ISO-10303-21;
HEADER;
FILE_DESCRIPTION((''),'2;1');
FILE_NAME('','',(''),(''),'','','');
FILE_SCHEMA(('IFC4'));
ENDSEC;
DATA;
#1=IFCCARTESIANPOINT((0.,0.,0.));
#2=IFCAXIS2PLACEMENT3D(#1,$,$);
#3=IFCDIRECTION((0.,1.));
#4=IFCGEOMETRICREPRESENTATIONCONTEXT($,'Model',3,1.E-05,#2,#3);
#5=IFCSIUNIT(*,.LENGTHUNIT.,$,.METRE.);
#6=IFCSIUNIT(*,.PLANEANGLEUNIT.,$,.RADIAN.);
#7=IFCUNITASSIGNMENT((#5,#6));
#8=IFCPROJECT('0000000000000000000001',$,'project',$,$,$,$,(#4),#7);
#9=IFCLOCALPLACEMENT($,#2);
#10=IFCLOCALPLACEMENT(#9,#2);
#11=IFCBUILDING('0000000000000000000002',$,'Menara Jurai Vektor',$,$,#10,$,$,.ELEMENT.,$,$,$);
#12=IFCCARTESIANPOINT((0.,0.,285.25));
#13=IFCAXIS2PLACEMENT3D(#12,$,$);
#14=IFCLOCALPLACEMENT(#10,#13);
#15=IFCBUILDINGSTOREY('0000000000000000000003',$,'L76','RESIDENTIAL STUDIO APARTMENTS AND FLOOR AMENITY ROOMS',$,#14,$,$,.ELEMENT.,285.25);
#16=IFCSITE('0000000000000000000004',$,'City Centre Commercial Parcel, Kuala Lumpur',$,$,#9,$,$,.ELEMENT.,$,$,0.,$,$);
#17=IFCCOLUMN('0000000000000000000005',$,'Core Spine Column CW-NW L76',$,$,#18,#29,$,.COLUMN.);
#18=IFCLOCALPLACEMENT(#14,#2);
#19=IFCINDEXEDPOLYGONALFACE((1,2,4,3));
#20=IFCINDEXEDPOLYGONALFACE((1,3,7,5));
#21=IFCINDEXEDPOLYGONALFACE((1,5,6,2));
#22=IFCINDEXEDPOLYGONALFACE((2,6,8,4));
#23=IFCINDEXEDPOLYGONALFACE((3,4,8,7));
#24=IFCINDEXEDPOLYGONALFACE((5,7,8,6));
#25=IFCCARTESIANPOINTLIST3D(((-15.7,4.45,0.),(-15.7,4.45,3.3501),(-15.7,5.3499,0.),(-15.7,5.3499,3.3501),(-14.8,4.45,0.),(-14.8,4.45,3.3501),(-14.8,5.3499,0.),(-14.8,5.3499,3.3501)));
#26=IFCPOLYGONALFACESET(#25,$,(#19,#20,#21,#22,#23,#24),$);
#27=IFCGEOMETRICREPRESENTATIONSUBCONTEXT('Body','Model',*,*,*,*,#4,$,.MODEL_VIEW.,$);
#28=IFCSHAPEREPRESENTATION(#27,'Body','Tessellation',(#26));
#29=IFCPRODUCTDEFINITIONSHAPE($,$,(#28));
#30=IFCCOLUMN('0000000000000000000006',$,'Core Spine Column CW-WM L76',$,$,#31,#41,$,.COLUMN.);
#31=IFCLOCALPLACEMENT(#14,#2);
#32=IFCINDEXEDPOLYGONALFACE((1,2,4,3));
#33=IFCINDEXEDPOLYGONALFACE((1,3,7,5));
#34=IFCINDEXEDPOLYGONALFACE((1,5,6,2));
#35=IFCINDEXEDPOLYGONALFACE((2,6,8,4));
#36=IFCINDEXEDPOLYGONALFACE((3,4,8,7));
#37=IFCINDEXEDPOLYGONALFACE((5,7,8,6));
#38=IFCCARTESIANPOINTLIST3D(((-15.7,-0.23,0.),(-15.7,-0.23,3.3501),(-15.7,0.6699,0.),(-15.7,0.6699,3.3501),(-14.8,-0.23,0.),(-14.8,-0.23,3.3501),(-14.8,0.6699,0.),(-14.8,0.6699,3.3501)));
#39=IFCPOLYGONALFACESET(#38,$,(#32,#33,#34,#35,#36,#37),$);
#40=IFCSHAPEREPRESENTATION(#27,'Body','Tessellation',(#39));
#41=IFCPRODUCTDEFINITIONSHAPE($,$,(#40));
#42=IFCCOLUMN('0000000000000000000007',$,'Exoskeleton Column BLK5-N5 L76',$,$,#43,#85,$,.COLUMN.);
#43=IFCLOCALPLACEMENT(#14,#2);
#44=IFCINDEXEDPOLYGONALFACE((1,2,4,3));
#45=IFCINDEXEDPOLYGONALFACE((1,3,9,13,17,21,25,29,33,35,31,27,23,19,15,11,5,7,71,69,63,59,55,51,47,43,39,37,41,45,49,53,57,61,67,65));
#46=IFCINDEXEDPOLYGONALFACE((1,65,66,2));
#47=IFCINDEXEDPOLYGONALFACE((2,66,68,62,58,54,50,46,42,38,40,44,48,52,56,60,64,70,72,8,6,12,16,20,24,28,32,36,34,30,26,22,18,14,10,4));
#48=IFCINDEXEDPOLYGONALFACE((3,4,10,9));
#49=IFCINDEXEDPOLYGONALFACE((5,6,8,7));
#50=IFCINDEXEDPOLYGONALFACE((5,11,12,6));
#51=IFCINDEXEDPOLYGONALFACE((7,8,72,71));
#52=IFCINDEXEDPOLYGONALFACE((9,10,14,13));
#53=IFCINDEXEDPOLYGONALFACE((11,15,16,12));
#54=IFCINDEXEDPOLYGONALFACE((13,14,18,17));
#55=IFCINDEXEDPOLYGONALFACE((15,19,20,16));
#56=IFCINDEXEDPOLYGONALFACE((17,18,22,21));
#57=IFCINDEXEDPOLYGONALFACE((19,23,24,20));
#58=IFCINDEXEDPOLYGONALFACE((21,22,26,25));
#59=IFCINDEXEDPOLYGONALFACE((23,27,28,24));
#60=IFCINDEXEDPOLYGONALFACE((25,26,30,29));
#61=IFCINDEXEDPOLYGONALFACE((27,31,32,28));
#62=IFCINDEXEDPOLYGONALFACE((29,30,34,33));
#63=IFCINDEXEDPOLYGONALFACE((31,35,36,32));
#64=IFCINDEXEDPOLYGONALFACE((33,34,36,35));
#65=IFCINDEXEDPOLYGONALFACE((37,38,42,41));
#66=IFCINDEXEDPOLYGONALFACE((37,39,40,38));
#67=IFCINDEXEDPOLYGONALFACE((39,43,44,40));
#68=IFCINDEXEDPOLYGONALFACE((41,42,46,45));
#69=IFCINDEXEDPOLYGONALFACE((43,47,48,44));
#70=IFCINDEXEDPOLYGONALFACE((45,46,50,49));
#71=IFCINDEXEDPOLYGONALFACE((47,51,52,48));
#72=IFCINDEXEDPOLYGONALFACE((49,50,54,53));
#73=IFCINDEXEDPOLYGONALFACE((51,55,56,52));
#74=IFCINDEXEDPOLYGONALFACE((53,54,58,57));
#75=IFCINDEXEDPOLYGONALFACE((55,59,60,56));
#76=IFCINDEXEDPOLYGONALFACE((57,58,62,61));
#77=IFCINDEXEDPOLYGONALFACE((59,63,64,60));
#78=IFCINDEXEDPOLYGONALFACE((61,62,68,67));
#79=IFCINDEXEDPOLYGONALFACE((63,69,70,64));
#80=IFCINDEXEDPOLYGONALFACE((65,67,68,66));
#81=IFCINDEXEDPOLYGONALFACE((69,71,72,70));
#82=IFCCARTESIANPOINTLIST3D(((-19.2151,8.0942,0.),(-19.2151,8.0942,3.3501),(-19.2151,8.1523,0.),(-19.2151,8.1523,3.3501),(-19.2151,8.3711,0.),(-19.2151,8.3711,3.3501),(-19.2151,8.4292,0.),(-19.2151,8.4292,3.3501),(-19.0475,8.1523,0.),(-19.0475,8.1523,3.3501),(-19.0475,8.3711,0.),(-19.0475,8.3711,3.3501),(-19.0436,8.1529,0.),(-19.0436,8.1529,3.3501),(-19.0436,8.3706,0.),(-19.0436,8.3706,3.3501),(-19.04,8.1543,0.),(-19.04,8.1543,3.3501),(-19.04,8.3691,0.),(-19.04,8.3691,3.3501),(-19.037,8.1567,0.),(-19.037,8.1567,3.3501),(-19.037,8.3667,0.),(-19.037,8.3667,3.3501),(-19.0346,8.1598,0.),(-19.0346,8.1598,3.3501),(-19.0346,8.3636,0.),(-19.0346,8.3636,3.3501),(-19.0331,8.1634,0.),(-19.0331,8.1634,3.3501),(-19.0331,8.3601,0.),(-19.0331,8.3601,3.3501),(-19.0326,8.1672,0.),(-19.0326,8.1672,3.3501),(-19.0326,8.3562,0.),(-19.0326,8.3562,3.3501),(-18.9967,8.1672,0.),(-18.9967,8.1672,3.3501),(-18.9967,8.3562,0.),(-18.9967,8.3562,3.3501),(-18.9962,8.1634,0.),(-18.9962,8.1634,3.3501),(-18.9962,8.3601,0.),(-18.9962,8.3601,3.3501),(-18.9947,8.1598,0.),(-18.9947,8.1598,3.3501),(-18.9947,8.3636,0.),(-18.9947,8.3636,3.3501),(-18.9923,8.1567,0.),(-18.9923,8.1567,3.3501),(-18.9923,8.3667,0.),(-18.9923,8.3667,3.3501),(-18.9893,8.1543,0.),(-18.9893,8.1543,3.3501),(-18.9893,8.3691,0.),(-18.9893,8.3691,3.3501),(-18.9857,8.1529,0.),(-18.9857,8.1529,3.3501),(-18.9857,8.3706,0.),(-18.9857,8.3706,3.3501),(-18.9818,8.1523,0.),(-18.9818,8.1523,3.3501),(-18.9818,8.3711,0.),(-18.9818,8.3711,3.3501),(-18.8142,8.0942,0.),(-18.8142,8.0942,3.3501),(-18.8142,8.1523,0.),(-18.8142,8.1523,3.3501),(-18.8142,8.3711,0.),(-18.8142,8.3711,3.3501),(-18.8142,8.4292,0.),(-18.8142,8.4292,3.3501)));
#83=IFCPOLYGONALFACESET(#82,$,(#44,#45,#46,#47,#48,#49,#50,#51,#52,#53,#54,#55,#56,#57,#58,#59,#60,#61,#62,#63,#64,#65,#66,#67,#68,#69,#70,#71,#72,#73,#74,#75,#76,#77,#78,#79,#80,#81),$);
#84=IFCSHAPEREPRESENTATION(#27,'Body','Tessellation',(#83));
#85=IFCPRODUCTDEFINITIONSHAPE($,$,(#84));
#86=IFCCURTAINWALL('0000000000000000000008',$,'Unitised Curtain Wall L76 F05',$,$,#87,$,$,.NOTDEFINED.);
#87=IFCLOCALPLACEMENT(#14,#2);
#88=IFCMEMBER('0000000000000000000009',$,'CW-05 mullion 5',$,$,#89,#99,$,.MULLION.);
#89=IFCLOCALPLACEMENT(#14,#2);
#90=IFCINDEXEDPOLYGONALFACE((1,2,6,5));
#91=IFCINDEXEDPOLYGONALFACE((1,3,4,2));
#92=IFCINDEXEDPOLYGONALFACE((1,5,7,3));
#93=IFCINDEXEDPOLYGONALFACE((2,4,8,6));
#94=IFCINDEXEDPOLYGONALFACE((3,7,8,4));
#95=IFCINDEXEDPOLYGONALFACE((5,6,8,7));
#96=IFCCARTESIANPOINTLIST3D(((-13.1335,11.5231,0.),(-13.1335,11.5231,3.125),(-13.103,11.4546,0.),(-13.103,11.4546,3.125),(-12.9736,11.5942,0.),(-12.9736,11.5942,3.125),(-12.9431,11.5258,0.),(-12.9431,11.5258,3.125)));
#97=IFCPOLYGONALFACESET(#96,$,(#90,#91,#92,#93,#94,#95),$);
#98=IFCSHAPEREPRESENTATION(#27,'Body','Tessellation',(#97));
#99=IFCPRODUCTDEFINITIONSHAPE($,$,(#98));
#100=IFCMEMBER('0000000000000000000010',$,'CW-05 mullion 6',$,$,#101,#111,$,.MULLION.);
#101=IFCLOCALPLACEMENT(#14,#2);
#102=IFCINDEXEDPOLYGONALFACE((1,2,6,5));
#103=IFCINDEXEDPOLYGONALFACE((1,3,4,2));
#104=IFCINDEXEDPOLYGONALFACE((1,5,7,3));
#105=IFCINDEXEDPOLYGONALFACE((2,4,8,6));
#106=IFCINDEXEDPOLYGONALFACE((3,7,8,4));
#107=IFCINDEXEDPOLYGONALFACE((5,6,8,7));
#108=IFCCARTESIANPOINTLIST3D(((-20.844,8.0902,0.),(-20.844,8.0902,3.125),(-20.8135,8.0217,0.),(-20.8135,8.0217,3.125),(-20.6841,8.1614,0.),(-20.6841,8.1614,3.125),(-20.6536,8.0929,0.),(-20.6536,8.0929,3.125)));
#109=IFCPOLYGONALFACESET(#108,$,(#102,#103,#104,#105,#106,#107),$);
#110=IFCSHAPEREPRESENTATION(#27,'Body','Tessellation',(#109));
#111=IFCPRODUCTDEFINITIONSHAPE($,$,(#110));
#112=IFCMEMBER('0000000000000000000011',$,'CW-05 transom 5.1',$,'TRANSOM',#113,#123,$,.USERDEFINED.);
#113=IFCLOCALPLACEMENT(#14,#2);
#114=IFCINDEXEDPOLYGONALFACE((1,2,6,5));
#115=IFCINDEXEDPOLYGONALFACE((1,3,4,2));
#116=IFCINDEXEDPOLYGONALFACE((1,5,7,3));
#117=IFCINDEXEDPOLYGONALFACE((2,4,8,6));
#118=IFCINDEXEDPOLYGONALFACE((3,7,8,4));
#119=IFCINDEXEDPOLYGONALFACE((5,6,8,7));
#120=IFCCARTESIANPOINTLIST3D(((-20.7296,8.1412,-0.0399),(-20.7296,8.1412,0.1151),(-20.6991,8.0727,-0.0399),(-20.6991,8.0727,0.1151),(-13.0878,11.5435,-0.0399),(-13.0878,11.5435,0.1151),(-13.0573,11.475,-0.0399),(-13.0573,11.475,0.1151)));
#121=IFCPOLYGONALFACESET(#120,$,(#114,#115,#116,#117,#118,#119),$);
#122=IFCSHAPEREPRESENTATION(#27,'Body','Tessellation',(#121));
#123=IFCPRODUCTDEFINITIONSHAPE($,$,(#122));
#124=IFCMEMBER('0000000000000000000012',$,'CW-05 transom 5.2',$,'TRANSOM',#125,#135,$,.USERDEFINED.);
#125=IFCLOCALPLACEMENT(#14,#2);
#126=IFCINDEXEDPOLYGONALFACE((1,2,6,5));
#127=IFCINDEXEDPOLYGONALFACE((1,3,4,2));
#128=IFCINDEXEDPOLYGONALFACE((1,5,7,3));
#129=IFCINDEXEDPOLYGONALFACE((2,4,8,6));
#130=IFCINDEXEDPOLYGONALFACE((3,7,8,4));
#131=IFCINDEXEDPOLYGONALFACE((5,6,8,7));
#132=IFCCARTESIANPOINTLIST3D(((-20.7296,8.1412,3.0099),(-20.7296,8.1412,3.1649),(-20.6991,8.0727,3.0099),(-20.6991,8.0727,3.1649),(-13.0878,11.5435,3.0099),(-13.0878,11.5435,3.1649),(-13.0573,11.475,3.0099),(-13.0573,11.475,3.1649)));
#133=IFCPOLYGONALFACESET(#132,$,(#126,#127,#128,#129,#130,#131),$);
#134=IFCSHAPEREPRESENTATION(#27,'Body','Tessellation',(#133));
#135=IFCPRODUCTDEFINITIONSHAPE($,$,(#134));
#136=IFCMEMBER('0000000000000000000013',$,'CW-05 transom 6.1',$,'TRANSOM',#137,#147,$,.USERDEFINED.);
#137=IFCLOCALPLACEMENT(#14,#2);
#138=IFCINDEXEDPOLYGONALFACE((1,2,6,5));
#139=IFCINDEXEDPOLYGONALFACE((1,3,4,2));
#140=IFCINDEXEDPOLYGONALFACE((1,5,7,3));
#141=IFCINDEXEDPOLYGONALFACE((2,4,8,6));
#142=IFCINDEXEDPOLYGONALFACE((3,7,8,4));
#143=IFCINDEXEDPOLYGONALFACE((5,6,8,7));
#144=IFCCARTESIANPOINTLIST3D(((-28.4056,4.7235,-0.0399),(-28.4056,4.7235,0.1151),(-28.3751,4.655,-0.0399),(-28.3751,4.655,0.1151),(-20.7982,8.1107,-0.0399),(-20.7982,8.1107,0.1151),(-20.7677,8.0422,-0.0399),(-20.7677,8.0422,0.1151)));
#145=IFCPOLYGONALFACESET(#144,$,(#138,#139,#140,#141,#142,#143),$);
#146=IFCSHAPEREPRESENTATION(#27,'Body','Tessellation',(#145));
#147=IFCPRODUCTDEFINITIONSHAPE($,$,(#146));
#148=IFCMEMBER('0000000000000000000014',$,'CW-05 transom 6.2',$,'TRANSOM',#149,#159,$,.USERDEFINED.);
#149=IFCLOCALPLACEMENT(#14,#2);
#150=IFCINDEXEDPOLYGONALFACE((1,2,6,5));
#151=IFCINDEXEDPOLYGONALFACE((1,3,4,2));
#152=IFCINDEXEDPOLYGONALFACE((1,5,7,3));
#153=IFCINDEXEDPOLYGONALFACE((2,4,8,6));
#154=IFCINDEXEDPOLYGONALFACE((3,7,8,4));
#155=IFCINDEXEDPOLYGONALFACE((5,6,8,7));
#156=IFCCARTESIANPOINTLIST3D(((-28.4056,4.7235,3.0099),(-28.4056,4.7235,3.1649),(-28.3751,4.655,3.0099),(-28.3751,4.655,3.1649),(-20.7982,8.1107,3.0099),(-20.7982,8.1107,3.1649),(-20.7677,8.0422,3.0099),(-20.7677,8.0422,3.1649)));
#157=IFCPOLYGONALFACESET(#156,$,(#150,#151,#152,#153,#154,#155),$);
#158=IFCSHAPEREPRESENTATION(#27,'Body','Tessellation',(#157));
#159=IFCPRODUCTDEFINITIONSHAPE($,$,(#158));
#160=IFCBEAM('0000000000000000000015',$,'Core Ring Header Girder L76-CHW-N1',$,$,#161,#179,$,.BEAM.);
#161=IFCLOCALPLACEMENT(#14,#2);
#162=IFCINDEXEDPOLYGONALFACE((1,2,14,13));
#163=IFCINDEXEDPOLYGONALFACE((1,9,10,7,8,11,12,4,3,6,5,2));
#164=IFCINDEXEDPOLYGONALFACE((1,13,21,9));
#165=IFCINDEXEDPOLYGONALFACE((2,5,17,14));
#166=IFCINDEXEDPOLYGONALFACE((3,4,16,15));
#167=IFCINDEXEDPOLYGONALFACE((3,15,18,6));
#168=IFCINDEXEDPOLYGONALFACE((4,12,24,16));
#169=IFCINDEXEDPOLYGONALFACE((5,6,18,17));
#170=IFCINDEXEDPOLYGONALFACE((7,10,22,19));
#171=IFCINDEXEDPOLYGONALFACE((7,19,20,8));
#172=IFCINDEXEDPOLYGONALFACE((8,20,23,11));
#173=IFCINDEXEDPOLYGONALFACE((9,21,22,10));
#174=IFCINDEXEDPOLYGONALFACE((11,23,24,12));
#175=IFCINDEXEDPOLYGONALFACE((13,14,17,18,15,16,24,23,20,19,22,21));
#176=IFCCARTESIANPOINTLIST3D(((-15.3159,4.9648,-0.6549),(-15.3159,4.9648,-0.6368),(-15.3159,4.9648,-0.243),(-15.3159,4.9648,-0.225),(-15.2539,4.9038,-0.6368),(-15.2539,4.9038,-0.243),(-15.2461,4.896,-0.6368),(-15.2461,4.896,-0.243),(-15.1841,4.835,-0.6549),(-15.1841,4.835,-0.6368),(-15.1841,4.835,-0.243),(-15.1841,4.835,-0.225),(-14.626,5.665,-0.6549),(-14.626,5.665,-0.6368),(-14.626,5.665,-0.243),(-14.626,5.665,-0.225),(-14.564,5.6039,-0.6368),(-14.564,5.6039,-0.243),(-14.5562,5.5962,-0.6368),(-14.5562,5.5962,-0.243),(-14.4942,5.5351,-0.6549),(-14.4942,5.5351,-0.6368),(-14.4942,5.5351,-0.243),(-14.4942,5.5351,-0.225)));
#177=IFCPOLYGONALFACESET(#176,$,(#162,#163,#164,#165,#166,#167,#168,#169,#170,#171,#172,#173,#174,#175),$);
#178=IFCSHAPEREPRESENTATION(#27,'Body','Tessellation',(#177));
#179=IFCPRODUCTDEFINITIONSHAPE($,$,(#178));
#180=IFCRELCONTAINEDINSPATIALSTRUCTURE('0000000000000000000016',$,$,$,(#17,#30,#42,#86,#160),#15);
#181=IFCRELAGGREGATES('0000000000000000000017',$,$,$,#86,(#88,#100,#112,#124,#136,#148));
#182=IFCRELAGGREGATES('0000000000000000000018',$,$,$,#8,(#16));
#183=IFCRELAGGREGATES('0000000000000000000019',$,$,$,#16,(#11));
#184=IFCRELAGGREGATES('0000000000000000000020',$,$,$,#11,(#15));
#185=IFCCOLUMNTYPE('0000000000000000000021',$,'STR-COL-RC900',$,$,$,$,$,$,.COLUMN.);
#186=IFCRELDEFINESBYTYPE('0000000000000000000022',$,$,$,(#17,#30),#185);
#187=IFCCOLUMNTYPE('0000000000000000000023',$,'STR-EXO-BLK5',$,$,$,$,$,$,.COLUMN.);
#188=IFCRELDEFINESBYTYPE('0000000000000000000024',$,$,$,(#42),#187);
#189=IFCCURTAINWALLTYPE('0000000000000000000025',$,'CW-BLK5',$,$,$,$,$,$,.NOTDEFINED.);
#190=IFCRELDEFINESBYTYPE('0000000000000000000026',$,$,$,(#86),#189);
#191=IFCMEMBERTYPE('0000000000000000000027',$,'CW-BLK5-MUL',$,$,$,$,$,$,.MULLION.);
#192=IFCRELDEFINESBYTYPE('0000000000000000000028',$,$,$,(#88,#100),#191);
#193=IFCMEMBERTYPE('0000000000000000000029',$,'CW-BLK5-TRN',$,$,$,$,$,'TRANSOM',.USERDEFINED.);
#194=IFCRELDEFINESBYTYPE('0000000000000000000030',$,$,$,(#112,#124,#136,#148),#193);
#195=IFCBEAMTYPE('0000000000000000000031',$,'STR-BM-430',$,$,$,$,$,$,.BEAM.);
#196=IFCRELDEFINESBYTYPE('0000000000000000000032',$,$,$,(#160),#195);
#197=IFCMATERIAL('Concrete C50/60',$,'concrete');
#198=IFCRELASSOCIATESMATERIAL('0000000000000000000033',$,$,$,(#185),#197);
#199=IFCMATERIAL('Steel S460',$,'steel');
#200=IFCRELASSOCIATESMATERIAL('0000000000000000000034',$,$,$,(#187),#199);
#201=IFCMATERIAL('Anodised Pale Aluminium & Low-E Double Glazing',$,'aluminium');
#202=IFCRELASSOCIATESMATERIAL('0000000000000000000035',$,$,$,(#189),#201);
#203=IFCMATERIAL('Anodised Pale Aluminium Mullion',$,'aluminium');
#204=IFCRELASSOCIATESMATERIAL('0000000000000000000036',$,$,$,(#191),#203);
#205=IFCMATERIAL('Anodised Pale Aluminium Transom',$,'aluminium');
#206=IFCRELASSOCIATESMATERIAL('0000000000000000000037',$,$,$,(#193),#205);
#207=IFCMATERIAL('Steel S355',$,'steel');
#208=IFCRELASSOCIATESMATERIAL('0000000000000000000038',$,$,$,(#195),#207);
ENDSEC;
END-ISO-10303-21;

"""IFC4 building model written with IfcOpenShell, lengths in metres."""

from ifc_helpers import new_model, si_unit, direction, frame, origin, origin_2d, place, context, subcontext, project, spatial, rectangle, i_section, extrude, material, material_profile, profile_set, type_object, element, aggregate, save


model = new_model("IFC4")

# Units and contexts
model_context = context("Model", 3, precision=1e-05, world=origin(), true_north=direction((0.0, 1.0)))
body_context = subcontext(model_context, "Body", "Model", "MODEL_VIEW")
ifc_project = project(units=[si_unit("LENGTHUNIT", "METRE"), si_unit("PLANEANGLEUNIT", "RADIAN")], contexts=[model_context])

# Site, building, storey
site_placement = place(None, origin())
site = spatial("IfcSite", under=ifc_project, at=site_placement, Name="City Centre Commercial Parcel, Kuala Lumpur", CompositionType="ELEMENT", RefElevation=0.0)
building_placement = place(site_placement, origin())
building = spatial("IfcBuilding", under=site, at=building_placement, Name="Menara Jurai Vektor", CompositionType="ELEMENT")
storey_placement = place(building_placement, frame((0.0, 0.0, 285.25)))
storey = spatial("IfcBuildingStorey", under=building, at=storey_placement, Name="L76", Description="RESIDENTIAL STUDIO APARTMENTS AND FLOOR AMENITY ROOMS", CompositionType="ELEMENT", Elevation=285.25)

# Columns
ifc_material_1 = material(Name="Concrete C50/60", Category="concrete")
ifc_material_profile_1 = material_profile(ifc_material_1, rectangle(XDim=0.8999, YDim=0.8999, at=origin_2d()), Name="RC 900x900")
ifc_profile_set_1 = profile_set([ifc_material_profile_1], Name="Concrete C50/60")
column_type_1 = type_object("IfcColumnType", Name="STR-COL-RC900", PredefinedType="COLUMN", material=ifc_profile_set_1)
for number, where, z_axis, x_axis, name in (
    (1, (-15.25, 4.8999, 0.0), (0.0, 0.0, 1.0), (1.0, 0.0, 0.0), "Core Spine Column CW-NW L76"),
    (2, (-15.25, 0.22, 0.0), (0.0, 0.0, 1.0), (1.0, 0.0, 0.0), "Core Spine Column CW-WM L76"),
):
    element("IfcColumn", number, at=place(storey_placement, frame(where, z_axis=z_axis, x_axis=x_axis)), inside=storey, type_object=column_type_1, Name=name, PredefinedType="COLUMN", context=body_context, shape_type="SweptSolid", body=[
        extrude(rectangle(XDim=0.8999, YDim=0.8999, at=origin_2d()), origin(), (0.0, 0.0, 1.0), 3.3501),
    ])
ifc_material_2 = material(Name="Steel S460", Category="steel")
ifc_material_profile_2 = material_profile(ifc_material_2, i_section(OverallWidth=0.4009, OverallDepth=0.335, WebThickness=0.0359, FlangeThickness=0.0581, FilletRadius=0.0149, at=origin_2d()), Name="HD 400x463")
ifc_profile_set_2 = profile_set([ifc_material_profile_2], Name="Steel S460")
column_type_2 = type_object("IfcColumnType", Name="STR-EXO-BLK5", PredefinedType="COLUMN", material=ifc_profile_set_2)
column_placement = place(storey_placement, frame((-19.0146, 8.2617, 0.0), z_axis=(0.0, 0.0, 1.0), x_axis=(1.0, 0.0, 0.0)))
element("IfcColumn", 3, at=column_placement, inside=storey, type_object=column_type_2, Name="Exoskeleton Column BLK5-N5 L76", PredefinedType="COLUMN", context=body_context, shape_type="SweptSolid", body=[
    extrude(i_section(OverallWidth=0.4009, OverallDepth=0.335, WebThickness=0.0359, FlangeThickness=0.0581, FilletRadius=0.0149, at=origin_2d()), origin(), (0.0, 0.0, 1.0), 3.3501),
])

# Curtain wall, members
ifc_material_3 = material(Name="Anodised Pale Aluminium & Low-E Double Glazing", Category="aluminium")
curtain_wall_type = type_object("IfcCurtainWallType", Name="CW-BLK5", PredefinedType="NOTDEFINED", material=ifc_material_3)
curtain_wall_placement = place(storey_placement, origin())
curtain_wall = element("IfcCurtainWall", 4, at=curtain_wall_placement, inside=storey, type_object=curtain_wall_type, Name="Unitised Curtain Wall L76 F05", PredefinedType="NOTDEFINED")
ifc_material_4 = material(Name="Anodised Pale Aluminium Mullion", Category="aluminium")
ifc_material_profile_3 = material_profile(ifc_material_4, rectangle(XDim=0.075, YDim=0.175, at=origin_2d()), Name="ALU MUL 75x175")
ifc_profile_set_3 = profile_set([ifc_material_profile_3], Name="Anodised Pale Aluminium Mullion")
member_type_1 = type_object("IfcMemberType", Name="CW-BLK5-MUL", PredefinedType="MULLION", material=ifc_profile_set_3)
member_1_placement = place(storey_placement, frame((-13.0383, 11.5244, 0.0), z_axis=(0.0, 0.0, 1.0), x_axis=(0.406735, -0.913546, 0.0)))
member_1 = element("IfcMember", 5, at=member_1_placement, type_object=member_type_1, Name="CW-05 mullion 5", PredefinedType="MULLION", context=body_context, shape_type="SweptSolid", body=[
    extrude(rectangle(XDim=0.075, YDim=0.175, at=origin_2d()), origin(), (0.0, 0.0, 1.0), 3.125),
])
member_2_placement = place(storey_placement, frame((-20.7488, 8.0916, 0.0), z_axis=(0.0, 0.0, 1.0), x_axis=(0.406735, -0.913546, 0.0)))
member_2 = element("IfcMember", 6, at=member_2_placement, type_object=member_type_1, Name="CW-05 mullion 6", PredefinedType="MULLION", context=body_context, shape_type="SweptSolid", body=[
    extrude(rectangle(XDim=0.075, YDim=0.175, at=origin_2d()), origin(), (0.0, 0.0, 1.0), 3.125),
])
ifc_material_5 = material(Name="Anodised Pale Aluminium Transom", Category="aluminium")
ifc_material_profile_4 = material_profile(ifc_material_5, rectangle(XDim=0.075, YDim=0.155, at=origin_2d()), Name="ALU TRN 75x155")
ifc_profile_set_4 = profile_set([ifc_material_profile_4], Name="Anodised Pale Aluminium Transom")
member_type_2 = type_object("IfcMemberType", Name="CW-BLK5-TRN", ElementType="TRANSOM", PredefinedType="USERDEFINED", material=ifc_profile_set_4)
member_3_placement = place(storey_placement, frame((-13.0725, 11.5093, 0.0376), z_axis=(-0.913547, -0.406734, 0.0), x_axis=(0.406734, -0.913547, 0.0)))
member_3 = element("IfcMember", 7, at=member_3_placement, type_object=member_type_2, Name="CW-05 transom 5.1", ObjectType="TRANSOM", PredefinedType="USERDEFINED", context=body_context, shape_type="SweptSolid", body=[
    extrude(rectangle(XDim=0.075, YDim=0.155, at=origin_2d()), origin(), (0.0, 0.0, 1.0), 8.365),
])
member_4_placement = place(storey_placement, frame((-13.0725, 11.5093, 3.0874), z_axis=(-0.913547, -0.406734, 0.0), x_axis=(0.406734, -0.913547, 0.0)))
member_4 = element("IfcMember", 8, at=member_4_placement, type_object=member_type_2, Name="CW-05 transom 5.2", ObjectType="TRANSOM", PredefinedType="USERDEFINED", context=body_context, shape_type="SweptSolid", body=[
    extrude(rectangle(XDim=0.075, YDim=0.155, at=origin_2d()), origin(), (0.0, 0.0, 1.0), 8.365),
])
member_5_placement = place(storey_placement, frame((-20.783, 8.0764, 0.0376), z_axis=(-0.913538, -0.406753, 0.0), x_axis=(0.406753, -0.913538, 0.0)))
member_5 = element("IfcMember", 9, at=member_5_placement, type_object=member_type_2, Name="CW-05 transom 6.1", ObjectType="TRANSOM", PredefinedType="USERDEFINED", context=body_context, shape_type="SweptSolid", body=[
    extrude(rectangle(XDim=0.075, YDim=0.155, at=origin_2d()), origin(), (0.0, 0.0, 1.0), 8.3274),
])
member_6_placement = place(storey_placement, frame((-20.783, 8.0764, 3.0874), z_axis=(-0.913538, -0.406753, 0.0), x_axis=(0.406753, -0.913538, 0.0)))
member_6 = element("IfcMember", 10, at=member_6_placement, type_object=member_type_2, Name="CW-05 transom 6.2", ObjectType="TRANSOM", PredefinedType="USERDEFINED", context=body_context, shape_type="SweptSolid", body=[
    extrude(rectangle(XDim=0.075, YDim=0.155, at=origin_2d()), origin(), (0.0, 0.0, 1.0), 8.3274),
])

# Beam
ifc_material_6 = material(Name="Steel S355", Category="steel")
ifc_material_profile_5 = material_profile(ifc_material_6, i_section(OverallWidth=0.1851, OverallDepth=0.4299, WebThickness=0.011, FlangeThickness=0.0181, at=origin_2d()), Name="PG 430x185x76")
ifc_profile_set_5 = profile_set([ifc_material_profile_5], Name="Steel S355")
beam_type_1 = type_object("IfcBeamType", Name="STR-BM-430", PredefinedType="BEAM", material=ifc_profile_set_5)
beam_1_placement = place(storey_placement, frame((-15.25, 4.8999, -0.4399), z_axis=(0.701872, 0.712303, 0.0), x_axis=(-0.712303, 0.701872, 0.0)))
element("IfcBeam", 11, at=beam_1_placement, inside=storey, type_object=beam_type_1, Name="Core Ring Header Girder L76-CHW-N1", PredefinedType="BEAM", context=body_context, shape_type="SweptSolid", body=[
    extrude(i_section(OverallWidth=0.1851, OverallDepth=0.4299, WebThickness=0.011, FlangeThickness=0.0181, at=origin_2d()), origin(), (0.0, 0.0, 1.0), 0.9829),
])

aggregate(curtain_wall, [member_1, member_2, member_3, member_4, member_5, member_6])

save(model, "model.ifc")
